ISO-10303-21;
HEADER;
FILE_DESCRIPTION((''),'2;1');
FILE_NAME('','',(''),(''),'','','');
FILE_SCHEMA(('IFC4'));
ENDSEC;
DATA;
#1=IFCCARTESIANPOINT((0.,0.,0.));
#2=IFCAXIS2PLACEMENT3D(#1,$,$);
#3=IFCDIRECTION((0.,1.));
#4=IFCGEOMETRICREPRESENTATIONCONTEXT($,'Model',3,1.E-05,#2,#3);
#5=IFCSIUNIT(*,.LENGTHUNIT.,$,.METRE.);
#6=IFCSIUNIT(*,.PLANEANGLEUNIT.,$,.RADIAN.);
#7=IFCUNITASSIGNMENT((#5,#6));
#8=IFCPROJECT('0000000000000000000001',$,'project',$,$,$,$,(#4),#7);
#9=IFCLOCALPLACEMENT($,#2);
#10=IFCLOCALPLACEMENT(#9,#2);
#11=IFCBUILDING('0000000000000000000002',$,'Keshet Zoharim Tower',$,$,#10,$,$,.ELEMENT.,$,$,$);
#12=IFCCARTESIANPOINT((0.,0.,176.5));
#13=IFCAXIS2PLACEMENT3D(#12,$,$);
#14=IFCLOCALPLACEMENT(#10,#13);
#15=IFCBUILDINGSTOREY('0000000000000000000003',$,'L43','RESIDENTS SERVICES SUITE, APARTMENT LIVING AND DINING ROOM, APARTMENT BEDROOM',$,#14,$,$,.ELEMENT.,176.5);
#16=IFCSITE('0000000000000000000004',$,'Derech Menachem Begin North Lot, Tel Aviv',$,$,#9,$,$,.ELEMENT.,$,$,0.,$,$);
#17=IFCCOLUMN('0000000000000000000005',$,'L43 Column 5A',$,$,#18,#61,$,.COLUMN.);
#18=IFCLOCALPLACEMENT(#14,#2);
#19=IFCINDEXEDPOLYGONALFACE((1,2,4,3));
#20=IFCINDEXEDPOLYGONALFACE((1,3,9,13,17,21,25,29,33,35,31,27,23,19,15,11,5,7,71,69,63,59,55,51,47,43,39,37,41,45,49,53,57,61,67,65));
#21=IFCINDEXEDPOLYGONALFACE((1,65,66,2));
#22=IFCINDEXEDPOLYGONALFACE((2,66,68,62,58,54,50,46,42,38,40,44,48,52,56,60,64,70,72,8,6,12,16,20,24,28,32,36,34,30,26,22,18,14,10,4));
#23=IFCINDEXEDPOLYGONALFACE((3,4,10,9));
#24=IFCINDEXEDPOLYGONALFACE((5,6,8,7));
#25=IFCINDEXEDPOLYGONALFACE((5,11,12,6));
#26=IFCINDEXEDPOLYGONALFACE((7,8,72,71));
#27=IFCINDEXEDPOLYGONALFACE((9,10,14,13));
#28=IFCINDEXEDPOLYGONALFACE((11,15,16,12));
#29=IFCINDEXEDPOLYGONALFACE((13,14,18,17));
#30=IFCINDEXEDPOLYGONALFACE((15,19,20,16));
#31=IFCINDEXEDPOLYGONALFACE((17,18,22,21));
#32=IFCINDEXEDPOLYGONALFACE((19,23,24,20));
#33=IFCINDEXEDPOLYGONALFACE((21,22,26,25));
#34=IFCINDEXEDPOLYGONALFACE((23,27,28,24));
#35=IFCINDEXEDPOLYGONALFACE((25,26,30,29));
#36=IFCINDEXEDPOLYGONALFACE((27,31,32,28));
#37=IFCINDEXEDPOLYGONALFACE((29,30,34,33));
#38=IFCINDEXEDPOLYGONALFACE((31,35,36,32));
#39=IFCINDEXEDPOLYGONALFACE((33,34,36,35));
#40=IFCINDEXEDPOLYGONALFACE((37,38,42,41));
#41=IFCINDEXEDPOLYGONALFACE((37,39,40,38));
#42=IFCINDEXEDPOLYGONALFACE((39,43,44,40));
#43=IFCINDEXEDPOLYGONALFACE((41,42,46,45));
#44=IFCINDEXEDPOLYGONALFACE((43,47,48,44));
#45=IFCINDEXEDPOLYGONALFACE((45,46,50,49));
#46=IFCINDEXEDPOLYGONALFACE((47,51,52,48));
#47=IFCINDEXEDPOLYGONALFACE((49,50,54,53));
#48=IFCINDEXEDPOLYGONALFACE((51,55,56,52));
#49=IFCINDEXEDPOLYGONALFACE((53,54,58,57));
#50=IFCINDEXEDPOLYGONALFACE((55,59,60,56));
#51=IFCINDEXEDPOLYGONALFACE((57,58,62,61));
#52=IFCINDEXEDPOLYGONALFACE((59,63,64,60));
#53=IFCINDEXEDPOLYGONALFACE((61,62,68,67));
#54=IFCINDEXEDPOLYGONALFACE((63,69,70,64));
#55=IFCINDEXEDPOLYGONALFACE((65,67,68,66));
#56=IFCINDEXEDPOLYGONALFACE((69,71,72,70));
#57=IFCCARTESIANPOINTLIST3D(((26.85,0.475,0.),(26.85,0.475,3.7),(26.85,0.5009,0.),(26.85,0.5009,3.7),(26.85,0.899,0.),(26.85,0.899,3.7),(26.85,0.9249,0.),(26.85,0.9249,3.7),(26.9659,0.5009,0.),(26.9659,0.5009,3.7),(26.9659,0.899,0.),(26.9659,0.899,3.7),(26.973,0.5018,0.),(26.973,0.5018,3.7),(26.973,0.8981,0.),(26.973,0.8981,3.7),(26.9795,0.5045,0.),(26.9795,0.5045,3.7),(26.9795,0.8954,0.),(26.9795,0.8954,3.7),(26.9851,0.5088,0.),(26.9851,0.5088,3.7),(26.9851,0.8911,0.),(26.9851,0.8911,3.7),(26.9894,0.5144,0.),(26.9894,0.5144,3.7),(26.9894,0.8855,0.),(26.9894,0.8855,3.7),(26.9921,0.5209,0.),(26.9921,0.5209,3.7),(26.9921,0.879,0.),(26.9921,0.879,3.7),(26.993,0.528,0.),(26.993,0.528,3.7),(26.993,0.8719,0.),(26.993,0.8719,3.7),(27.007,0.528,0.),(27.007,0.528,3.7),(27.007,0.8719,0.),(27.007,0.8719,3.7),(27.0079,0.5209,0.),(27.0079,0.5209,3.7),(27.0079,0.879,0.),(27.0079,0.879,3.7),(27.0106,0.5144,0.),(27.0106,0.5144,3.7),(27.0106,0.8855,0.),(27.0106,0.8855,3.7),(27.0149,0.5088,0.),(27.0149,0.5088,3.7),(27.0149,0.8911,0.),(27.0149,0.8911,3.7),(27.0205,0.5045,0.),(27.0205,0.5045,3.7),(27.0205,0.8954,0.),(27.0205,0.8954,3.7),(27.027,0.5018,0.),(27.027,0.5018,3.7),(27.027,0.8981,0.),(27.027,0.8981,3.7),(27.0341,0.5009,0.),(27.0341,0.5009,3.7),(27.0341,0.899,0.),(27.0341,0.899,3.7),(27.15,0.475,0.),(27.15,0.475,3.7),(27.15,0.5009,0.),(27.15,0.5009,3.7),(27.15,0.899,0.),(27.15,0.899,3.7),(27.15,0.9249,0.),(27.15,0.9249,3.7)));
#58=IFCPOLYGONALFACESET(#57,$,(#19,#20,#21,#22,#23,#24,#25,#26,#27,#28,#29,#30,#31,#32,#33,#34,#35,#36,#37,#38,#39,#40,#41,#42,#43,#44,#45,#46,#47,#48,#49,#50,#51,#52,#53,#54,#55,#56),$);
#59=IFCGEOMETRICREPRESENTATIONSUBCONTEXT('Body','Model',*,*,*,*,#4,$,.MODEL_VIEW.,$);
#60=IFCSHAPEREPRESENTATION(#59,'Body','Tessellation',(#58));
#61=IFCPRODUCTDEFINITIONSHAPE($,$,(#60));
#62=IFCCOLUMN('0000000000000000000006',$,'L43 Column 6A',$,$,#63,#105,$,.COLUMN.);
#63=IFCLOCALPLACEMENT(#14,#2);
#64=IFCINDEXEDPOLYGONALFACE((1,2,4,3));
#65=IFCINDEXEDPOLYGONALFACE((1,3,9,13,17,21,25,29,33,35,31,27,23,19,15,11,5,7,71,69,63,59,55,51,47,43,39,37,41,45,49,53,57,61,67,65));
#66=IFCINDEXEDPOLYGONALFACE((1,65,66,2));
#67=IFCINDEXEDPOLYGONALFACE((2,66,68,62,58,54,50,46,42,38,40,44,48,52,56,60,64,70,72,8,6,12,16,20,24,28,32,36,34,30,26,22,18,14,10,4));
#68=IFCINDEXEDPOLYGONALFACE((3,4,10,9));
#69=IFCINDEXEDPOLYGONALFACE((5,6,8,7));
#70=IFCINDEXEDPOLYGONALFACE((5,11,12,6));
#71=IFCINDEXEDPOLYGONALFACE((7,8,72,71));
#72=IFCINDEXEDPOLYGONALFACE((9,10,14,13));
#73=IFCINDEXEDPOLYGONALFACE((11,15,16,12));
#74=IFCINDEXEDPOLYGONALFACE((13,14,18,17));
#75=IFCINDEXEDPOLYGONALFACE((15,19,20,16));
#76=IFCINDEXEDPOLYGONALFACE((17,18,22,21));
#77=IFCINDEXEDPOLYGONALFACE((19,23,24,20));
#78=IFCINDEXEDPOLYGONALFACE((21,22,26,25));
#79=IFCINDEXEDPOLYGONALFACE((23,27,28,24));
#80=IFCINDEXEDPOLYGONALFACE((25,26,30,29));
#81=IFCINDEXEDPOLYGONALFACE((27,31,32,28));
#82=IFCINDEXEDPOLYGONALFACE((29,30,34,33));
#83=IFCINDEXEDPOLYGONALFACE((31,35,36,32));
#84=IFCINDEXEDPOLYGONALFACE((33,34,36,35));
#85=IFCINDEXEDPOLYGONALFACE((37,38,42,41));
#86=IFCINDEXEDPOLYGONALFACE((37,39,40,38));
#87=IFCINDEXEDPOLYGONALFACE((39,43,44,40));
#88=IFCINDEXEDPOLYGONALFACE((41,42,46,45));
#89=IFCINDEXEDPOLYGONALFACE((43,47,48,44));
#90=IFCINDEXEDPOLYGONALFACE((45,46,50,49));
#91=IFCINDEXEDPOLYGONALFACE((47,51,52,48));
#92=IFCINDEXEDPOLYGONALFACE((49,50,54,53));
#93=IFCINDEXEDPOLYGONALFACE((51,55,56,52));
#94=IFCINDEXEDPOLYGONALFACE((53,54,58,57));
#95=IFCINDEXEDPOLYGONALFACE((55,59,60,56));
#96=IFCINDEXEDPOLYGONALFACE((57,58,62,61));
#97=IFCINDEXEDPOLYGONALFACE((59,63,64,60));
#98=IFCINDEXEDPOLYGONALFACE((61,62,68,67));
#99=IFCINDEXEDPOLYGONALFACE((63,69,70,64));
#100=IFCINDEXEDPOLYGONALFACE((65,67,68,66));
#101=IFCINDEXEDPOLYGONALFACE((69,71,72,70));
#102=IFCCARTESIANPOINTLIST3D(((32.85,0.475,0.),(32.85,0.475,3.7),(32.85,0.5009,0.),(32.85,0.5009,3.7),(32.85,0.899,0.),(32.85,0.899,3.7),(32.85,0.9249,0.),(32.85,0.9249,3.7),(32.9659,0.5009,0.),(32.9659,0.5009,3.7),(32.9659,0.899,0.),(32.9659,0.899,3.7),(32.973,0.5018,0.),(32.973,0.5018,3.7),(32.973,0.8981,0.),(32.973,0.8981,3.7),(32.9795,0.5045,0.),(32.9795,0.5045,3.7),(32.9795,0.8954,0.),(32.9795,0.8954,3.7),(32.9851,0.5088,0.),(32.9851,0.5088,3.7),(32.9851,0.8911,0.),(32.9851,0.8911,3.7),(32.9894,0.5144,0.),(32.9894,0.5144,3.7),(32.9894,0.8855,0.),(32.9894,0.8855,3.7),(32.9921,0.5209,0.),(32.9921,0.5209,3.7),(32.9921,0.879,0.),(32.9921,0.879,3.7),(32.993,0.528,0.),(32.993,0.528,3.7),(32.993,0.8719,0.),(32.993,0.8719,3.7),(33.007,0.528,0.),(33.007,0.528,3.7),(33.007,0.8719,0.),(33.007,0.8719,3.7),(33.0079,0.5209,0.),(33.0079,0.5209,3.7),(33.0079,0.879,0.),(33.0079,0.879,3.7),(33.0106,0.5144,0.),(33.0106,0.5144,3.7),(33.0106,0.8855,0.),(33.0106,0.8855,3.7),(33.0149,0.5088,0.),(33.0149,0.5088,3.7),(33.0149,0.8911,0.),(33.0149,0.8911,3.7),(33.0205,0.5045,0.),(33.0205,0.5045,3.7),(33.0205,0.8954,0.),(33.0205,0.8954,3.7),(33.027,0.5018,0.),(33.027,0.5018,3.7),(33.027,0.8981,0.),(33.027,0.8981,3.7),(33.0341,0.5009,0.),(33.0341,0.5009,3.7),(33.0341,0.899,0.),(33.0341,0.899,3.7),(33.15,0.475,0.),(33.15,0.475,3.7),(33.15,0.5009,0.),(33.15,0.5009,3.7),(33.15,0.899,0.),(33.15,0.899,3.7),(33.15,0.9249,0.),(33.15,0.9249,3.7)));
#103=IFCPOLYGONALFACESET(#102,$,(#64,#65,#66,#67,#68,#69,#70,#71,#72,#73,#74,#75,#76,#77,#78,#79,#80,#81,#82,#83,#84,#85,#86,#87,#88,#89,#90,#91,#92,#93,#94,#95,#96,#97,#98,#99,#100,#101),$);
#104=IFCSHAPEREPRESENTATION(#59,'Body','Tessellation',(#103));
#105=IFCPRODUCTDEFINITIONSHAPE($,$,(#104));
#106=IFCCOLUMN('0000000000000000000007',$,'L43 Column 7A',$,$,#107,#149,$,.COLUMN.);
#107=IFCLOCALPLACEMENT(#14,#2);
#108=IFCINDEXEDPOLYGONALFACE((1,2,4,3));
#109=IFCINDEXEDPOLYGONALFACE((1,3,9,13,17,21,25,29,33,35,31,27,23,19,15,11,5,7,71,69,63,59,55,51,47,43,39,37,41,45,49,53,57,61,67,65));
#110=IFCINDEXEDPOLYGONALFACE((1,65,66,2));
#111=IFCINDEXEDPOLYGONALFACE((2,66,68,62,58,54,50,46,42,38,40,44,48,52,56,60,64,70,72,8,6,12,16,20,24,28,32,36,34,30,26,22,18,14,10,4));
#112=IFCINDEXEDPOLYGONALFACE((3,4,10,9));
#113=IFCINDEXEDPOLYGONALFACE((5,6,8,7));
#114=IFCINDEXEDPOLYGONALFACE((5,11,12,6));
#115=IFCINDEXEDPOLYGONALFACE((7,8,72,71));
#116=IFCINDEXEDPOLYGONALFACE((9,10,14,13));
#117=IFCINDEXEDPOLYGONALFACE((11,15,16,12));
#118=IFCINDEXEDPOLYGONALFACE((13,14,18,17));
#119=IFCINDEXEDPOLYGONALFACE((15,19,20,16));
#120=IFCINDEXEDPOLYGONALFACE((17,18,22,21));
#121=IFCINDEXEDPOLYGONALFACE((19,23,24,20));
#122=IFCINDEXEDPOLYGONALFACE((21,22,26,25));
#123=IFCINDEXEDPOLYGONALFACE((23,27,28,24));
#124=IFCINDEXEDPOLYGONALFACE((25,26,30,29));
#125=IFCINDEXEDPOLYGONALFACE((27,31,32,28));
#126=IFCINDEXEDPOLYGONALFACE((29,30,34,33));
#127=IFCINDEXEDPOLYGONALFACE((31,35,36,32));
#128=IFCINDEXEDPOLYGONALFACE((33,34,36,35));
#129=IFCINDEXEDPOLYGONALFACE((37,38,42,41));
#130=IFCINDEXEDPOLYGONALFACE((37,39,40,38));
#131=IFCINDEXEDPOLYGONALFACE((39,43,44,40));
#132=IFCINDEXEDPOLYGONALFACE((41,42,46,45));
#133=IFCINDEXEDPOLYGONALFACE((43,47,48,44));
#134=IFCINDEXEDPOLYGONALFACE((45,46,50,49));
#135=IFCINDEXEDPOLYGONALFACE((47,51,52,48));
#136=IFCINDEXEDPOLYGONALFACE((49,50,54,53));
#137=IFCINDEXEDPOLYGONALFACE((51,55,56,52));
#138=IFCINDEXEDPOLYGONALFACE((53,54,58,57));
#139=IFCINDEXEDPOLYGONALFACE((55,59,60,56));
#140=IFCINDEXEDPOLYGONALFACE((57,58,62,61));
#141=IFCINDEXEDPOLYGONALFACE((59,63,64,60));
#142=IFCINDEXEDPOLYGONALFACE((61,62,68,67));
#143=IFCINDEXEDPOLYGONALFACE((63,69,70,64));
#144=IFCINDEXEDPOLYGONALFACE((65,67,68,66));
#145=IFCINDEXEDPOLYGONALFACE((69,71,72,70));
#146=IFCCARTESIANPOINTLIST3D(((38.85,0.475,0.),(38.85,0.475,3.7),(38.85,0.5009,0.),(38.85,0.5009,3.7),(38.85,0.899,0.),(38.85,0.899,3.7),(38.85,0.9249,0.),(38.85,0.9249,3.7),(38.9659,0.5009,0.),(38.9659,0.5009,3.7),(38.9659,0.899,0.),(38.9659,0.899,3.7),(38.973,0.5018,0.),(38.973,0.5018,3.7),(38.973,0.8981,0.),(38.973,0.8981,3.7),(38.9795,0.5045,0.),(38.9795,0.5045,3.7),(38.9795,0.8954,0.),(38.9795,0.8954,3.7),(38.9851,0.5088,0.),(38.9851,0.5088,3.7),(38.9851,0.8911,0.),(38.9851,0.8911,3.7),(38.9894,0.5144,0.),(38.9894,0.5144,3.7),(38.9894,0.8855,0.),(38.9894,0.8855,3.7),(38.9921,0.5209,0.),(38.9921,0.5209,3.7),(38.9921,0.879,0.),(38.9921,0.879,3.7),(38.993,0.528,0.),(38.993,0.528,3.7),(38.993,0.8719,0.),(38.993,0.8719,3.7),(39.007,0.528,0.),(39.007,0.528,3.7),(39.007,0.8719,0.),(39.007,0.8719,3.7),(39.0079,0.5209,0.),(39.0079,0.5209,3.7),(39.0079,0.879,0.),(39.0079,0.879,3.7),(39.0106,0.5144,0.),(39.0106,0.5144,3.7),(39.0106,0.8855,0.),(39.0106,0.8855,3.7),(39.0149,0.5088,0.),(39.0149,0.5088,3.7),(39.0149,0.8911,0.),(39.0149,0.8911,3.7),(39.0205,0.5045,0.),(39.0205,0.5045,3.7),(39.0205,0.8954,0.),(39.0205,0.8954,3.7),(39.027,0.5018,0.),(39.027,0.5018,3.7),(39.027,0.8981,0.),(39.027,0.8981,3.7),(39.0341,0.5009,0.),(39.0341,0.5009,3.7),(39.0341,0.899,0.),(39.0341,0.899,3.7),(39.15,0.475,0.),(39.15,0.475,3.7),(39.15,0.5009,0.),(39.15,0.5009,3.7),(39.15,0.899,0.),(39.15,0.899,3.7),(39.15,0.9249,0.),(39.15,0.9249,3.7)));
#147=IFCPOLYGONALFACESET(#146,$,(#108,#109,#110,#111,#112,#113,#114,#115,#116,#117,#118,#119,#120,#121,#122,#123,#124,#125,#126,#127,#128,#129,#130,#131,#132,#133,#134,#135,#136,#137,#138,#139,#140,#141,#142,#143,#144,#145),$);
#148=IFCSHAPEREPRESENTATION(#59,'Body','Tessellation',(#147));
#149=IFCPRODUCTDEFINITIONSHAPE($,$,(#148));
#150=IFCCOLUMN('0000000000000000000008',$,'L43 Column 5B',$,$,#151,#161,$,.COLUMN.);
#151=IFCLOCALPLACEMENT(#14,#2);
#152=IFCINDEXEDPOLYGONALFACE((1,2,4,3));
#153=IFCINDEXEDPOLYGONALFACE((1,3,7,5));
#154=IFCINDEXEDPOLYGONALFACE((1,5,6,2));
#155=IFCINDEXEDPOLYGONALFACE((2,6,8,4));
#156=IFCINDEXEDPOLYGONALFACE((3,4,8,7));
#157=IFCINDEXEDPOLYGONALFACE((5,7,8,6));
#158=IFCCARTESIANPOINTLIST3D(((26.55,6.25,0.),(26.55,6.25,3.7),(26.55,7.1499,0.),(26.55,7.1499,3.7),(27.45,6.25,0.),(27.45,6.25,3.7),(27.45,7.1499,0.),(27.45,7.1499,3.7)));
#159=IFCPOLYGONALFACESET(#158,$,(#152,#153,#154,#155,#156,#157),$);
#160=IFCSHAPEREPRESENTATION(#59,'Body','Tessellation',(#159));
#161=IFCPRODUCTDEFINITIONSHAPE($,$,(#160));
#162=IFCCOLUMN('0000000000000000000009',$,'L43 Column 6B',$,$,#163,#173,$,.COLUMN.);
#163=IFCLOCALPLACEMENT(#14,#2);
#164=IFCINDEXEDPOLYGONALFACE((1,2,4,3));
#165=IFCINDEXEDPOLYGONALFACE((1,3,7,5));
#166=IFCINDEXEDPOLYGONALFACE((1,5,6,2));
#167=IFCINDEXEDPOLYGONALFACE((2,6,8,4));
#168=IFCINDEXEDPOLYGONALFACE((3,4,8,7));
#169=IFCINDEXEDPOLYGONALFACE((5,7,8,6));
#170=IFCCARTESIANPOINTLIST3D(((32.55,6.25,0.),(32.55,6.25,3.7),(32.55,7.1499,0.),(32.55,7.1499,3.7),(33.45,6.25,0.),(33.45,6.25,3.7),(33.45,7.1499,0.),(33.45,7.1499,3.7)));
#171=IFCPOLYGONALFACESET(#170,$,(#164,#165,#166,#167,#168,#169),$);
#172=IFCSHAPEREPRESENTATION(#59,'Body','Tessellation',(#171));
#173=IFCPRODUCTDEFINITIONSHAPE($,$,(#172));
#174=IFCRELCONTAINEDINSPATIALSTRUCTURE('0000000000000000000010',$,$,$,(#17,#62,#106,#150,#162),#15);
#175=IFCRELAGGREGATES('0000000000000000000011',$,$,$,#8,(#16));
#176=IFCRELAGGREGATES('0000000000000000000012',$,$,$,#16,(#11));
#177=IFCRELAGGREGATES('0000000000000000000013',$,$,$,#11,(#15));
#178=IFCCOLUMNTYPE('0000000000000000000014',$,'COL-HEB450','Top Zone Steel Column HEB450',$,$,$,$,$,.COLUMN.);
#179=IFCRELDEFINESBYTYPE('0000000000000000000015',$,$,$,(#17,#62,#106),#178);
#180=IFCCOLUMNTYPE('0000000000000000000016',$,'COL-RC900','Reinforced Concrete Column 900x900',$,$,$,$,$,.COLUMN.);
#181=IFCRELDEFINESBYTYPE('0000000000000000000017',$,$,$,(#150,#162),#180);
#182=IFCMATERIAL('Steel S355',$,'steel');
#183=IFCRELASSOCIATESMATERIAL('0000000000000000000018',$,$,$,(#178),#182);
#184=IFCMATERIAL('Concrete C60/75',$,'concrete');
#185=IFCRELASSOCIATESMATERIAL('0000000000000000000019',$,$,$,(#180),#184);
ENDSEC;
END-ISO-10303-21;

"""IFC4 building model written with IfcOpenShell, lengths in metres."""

from ifc_helpers import new_model, si_unit, direction, frame, origin, origin_2d, place, context, subcontext, project, spatial, rectangle, i_section, extrude, material, material_profile, profile_set, type_object, element, save


model = new_model("IFC4")

# Units and contexts
model_context = context("Model", 3, precision=1e-05, world=origin(), true_north=direction((0.0, 1.0)))
body_context = subcontext(model_context, "Body", "Model", "MODEL_VIEW")
ifc_project = project(units=[si_unit("LENGTHUNIT", "METRE"), si_unit("PLANEANGLEUNIT", "RADIAN")], contexts=[model_context])

# Site, building, storey
site_placement = place(None, origin())
site = spatial("IfcSite", under=ifc_project, at=site_placement, Name="Derech Menachem Begin North Lot, Tel Aviv", CompositionType="ELEMENT", RefElevation=0.0)
building_placement = place(site_placement, origin())
building = spatial("IfcBuilding", under=site, at=building_placement, Name="Keshet Zoharim Tower", CompositionType="ELEMENT")
storey_placement = place(building_placement, frame((0.0, 0.0, 176.5)))
storey = spatial("IfcBuildingStorey", under=building, at=storey_placement, Name="L43", Description="RESIDENTS SERVICES SUITE, APARTMENT LIVING AND DINING ROOM, APARTMENT BEDROOM", CompositionType="ELEMENT", Elevation=176.5)

# Columns
ifc_material_1 = material(Name="Steel S355", Category="steel")
ifc_material_profile_1 = material_profile(ifc_material_1, i_section(OverallWidth=0.3, OverallDepth=0.45, WebThickness=0.0139, FlangeThickness=0.0259, FilletRadius=0.0271, at=origin_2d()), Name="HEB450")
ifc_profile_set_1 = profile_set([ifc_material_profile_1], Name="Steel S355")
column_type_1 = type_object("IfcColumnType", Name="COL-HEB450", Description="Top Zone Steel Column HEB450", PredefinedType="COLUMN", material=ifc_profile_set_1)
for number, where, z_axis, x_axis, name in (
    (1, (27.0, 0.7, 0.0), (0.0, 0.0, 1.0), (1.0, 0.0, 0.0), "L43 Column 5A"),
    (2, (33.0, 0.7, 0.0), (0.0, 0.0, 1.0), (1.0, 0.0, 0.0), "L43 Column 6A"),
    (3, (39.0, 0.7, 0.0), (0.0, 0.0, 1.0), (1.0, 0.0, 0.0), "L43 Column 7A"),
):
    element("IfcColumn", number, at=place(storey_placement, frame(where, z_axis=z_axis, x_axis=x_axis)), inside=storey, type_object=column_type_1, Name=name, PredefinedType="COLUMN", context=body_context, shape_type="SweptSolid", body=[
        extrude(i_section(OverallWidth=0.3, OverallDepth=0.45, WebThickness=0.0139, FlangeThickness=0.0259, FilletRadius=0.0271, at=origin_2d()), origin(), (0.0, 0.0, 1.0), 3.7),
    ])
ifc_material_2 = material(Name="Concrete C60/75", Category="concrete")
ifc_material_profile_2 = material_profile(ifc_material_2, rectangle(XDim=0.8999, YDim=0.8999, at=origin_2d()), Name="RC900x900")
ifc_profile_set_2 = profile_set([ifc_material_profile_2], Name="Concrete C60/75")
column_type_2 = type_object("IfcColumnType", Name="COL-RC900", Description="Reinforced Concrete Column 900x900", PredefinedType="COLUMN", material=ifc_profile_set_2)
for number, where, z_axis, x_axis, name in (
    (4, (27.0, 6.7, 0.0), (0.0, 0.0, 1.0), (1.0, 0.0, 0.0), "L43 Column 5B"),
    (5, (33.0, 6.7, 0.0), (0.0, 0.0, 1.0), (1.0, 0.0, 0.0), "L43 Column 6B"),
):
    element("IfcColumn", number, at=place(storey_placement, frame(where, z_axis=z_axis, x_axis=x_axis)), inside=storey, type_object=column_type_2, Name=name, PredefinedType="COLUMN", context=body_context, shape_type="SweptSolid", body=[
        extrude(rectangle(XDim=0.8999, YDim=0.8999, at=origin_2d()), origin(), (0.0, 0.0, 1.0), 3.7),
    ])

save(model, "model.ifc")
